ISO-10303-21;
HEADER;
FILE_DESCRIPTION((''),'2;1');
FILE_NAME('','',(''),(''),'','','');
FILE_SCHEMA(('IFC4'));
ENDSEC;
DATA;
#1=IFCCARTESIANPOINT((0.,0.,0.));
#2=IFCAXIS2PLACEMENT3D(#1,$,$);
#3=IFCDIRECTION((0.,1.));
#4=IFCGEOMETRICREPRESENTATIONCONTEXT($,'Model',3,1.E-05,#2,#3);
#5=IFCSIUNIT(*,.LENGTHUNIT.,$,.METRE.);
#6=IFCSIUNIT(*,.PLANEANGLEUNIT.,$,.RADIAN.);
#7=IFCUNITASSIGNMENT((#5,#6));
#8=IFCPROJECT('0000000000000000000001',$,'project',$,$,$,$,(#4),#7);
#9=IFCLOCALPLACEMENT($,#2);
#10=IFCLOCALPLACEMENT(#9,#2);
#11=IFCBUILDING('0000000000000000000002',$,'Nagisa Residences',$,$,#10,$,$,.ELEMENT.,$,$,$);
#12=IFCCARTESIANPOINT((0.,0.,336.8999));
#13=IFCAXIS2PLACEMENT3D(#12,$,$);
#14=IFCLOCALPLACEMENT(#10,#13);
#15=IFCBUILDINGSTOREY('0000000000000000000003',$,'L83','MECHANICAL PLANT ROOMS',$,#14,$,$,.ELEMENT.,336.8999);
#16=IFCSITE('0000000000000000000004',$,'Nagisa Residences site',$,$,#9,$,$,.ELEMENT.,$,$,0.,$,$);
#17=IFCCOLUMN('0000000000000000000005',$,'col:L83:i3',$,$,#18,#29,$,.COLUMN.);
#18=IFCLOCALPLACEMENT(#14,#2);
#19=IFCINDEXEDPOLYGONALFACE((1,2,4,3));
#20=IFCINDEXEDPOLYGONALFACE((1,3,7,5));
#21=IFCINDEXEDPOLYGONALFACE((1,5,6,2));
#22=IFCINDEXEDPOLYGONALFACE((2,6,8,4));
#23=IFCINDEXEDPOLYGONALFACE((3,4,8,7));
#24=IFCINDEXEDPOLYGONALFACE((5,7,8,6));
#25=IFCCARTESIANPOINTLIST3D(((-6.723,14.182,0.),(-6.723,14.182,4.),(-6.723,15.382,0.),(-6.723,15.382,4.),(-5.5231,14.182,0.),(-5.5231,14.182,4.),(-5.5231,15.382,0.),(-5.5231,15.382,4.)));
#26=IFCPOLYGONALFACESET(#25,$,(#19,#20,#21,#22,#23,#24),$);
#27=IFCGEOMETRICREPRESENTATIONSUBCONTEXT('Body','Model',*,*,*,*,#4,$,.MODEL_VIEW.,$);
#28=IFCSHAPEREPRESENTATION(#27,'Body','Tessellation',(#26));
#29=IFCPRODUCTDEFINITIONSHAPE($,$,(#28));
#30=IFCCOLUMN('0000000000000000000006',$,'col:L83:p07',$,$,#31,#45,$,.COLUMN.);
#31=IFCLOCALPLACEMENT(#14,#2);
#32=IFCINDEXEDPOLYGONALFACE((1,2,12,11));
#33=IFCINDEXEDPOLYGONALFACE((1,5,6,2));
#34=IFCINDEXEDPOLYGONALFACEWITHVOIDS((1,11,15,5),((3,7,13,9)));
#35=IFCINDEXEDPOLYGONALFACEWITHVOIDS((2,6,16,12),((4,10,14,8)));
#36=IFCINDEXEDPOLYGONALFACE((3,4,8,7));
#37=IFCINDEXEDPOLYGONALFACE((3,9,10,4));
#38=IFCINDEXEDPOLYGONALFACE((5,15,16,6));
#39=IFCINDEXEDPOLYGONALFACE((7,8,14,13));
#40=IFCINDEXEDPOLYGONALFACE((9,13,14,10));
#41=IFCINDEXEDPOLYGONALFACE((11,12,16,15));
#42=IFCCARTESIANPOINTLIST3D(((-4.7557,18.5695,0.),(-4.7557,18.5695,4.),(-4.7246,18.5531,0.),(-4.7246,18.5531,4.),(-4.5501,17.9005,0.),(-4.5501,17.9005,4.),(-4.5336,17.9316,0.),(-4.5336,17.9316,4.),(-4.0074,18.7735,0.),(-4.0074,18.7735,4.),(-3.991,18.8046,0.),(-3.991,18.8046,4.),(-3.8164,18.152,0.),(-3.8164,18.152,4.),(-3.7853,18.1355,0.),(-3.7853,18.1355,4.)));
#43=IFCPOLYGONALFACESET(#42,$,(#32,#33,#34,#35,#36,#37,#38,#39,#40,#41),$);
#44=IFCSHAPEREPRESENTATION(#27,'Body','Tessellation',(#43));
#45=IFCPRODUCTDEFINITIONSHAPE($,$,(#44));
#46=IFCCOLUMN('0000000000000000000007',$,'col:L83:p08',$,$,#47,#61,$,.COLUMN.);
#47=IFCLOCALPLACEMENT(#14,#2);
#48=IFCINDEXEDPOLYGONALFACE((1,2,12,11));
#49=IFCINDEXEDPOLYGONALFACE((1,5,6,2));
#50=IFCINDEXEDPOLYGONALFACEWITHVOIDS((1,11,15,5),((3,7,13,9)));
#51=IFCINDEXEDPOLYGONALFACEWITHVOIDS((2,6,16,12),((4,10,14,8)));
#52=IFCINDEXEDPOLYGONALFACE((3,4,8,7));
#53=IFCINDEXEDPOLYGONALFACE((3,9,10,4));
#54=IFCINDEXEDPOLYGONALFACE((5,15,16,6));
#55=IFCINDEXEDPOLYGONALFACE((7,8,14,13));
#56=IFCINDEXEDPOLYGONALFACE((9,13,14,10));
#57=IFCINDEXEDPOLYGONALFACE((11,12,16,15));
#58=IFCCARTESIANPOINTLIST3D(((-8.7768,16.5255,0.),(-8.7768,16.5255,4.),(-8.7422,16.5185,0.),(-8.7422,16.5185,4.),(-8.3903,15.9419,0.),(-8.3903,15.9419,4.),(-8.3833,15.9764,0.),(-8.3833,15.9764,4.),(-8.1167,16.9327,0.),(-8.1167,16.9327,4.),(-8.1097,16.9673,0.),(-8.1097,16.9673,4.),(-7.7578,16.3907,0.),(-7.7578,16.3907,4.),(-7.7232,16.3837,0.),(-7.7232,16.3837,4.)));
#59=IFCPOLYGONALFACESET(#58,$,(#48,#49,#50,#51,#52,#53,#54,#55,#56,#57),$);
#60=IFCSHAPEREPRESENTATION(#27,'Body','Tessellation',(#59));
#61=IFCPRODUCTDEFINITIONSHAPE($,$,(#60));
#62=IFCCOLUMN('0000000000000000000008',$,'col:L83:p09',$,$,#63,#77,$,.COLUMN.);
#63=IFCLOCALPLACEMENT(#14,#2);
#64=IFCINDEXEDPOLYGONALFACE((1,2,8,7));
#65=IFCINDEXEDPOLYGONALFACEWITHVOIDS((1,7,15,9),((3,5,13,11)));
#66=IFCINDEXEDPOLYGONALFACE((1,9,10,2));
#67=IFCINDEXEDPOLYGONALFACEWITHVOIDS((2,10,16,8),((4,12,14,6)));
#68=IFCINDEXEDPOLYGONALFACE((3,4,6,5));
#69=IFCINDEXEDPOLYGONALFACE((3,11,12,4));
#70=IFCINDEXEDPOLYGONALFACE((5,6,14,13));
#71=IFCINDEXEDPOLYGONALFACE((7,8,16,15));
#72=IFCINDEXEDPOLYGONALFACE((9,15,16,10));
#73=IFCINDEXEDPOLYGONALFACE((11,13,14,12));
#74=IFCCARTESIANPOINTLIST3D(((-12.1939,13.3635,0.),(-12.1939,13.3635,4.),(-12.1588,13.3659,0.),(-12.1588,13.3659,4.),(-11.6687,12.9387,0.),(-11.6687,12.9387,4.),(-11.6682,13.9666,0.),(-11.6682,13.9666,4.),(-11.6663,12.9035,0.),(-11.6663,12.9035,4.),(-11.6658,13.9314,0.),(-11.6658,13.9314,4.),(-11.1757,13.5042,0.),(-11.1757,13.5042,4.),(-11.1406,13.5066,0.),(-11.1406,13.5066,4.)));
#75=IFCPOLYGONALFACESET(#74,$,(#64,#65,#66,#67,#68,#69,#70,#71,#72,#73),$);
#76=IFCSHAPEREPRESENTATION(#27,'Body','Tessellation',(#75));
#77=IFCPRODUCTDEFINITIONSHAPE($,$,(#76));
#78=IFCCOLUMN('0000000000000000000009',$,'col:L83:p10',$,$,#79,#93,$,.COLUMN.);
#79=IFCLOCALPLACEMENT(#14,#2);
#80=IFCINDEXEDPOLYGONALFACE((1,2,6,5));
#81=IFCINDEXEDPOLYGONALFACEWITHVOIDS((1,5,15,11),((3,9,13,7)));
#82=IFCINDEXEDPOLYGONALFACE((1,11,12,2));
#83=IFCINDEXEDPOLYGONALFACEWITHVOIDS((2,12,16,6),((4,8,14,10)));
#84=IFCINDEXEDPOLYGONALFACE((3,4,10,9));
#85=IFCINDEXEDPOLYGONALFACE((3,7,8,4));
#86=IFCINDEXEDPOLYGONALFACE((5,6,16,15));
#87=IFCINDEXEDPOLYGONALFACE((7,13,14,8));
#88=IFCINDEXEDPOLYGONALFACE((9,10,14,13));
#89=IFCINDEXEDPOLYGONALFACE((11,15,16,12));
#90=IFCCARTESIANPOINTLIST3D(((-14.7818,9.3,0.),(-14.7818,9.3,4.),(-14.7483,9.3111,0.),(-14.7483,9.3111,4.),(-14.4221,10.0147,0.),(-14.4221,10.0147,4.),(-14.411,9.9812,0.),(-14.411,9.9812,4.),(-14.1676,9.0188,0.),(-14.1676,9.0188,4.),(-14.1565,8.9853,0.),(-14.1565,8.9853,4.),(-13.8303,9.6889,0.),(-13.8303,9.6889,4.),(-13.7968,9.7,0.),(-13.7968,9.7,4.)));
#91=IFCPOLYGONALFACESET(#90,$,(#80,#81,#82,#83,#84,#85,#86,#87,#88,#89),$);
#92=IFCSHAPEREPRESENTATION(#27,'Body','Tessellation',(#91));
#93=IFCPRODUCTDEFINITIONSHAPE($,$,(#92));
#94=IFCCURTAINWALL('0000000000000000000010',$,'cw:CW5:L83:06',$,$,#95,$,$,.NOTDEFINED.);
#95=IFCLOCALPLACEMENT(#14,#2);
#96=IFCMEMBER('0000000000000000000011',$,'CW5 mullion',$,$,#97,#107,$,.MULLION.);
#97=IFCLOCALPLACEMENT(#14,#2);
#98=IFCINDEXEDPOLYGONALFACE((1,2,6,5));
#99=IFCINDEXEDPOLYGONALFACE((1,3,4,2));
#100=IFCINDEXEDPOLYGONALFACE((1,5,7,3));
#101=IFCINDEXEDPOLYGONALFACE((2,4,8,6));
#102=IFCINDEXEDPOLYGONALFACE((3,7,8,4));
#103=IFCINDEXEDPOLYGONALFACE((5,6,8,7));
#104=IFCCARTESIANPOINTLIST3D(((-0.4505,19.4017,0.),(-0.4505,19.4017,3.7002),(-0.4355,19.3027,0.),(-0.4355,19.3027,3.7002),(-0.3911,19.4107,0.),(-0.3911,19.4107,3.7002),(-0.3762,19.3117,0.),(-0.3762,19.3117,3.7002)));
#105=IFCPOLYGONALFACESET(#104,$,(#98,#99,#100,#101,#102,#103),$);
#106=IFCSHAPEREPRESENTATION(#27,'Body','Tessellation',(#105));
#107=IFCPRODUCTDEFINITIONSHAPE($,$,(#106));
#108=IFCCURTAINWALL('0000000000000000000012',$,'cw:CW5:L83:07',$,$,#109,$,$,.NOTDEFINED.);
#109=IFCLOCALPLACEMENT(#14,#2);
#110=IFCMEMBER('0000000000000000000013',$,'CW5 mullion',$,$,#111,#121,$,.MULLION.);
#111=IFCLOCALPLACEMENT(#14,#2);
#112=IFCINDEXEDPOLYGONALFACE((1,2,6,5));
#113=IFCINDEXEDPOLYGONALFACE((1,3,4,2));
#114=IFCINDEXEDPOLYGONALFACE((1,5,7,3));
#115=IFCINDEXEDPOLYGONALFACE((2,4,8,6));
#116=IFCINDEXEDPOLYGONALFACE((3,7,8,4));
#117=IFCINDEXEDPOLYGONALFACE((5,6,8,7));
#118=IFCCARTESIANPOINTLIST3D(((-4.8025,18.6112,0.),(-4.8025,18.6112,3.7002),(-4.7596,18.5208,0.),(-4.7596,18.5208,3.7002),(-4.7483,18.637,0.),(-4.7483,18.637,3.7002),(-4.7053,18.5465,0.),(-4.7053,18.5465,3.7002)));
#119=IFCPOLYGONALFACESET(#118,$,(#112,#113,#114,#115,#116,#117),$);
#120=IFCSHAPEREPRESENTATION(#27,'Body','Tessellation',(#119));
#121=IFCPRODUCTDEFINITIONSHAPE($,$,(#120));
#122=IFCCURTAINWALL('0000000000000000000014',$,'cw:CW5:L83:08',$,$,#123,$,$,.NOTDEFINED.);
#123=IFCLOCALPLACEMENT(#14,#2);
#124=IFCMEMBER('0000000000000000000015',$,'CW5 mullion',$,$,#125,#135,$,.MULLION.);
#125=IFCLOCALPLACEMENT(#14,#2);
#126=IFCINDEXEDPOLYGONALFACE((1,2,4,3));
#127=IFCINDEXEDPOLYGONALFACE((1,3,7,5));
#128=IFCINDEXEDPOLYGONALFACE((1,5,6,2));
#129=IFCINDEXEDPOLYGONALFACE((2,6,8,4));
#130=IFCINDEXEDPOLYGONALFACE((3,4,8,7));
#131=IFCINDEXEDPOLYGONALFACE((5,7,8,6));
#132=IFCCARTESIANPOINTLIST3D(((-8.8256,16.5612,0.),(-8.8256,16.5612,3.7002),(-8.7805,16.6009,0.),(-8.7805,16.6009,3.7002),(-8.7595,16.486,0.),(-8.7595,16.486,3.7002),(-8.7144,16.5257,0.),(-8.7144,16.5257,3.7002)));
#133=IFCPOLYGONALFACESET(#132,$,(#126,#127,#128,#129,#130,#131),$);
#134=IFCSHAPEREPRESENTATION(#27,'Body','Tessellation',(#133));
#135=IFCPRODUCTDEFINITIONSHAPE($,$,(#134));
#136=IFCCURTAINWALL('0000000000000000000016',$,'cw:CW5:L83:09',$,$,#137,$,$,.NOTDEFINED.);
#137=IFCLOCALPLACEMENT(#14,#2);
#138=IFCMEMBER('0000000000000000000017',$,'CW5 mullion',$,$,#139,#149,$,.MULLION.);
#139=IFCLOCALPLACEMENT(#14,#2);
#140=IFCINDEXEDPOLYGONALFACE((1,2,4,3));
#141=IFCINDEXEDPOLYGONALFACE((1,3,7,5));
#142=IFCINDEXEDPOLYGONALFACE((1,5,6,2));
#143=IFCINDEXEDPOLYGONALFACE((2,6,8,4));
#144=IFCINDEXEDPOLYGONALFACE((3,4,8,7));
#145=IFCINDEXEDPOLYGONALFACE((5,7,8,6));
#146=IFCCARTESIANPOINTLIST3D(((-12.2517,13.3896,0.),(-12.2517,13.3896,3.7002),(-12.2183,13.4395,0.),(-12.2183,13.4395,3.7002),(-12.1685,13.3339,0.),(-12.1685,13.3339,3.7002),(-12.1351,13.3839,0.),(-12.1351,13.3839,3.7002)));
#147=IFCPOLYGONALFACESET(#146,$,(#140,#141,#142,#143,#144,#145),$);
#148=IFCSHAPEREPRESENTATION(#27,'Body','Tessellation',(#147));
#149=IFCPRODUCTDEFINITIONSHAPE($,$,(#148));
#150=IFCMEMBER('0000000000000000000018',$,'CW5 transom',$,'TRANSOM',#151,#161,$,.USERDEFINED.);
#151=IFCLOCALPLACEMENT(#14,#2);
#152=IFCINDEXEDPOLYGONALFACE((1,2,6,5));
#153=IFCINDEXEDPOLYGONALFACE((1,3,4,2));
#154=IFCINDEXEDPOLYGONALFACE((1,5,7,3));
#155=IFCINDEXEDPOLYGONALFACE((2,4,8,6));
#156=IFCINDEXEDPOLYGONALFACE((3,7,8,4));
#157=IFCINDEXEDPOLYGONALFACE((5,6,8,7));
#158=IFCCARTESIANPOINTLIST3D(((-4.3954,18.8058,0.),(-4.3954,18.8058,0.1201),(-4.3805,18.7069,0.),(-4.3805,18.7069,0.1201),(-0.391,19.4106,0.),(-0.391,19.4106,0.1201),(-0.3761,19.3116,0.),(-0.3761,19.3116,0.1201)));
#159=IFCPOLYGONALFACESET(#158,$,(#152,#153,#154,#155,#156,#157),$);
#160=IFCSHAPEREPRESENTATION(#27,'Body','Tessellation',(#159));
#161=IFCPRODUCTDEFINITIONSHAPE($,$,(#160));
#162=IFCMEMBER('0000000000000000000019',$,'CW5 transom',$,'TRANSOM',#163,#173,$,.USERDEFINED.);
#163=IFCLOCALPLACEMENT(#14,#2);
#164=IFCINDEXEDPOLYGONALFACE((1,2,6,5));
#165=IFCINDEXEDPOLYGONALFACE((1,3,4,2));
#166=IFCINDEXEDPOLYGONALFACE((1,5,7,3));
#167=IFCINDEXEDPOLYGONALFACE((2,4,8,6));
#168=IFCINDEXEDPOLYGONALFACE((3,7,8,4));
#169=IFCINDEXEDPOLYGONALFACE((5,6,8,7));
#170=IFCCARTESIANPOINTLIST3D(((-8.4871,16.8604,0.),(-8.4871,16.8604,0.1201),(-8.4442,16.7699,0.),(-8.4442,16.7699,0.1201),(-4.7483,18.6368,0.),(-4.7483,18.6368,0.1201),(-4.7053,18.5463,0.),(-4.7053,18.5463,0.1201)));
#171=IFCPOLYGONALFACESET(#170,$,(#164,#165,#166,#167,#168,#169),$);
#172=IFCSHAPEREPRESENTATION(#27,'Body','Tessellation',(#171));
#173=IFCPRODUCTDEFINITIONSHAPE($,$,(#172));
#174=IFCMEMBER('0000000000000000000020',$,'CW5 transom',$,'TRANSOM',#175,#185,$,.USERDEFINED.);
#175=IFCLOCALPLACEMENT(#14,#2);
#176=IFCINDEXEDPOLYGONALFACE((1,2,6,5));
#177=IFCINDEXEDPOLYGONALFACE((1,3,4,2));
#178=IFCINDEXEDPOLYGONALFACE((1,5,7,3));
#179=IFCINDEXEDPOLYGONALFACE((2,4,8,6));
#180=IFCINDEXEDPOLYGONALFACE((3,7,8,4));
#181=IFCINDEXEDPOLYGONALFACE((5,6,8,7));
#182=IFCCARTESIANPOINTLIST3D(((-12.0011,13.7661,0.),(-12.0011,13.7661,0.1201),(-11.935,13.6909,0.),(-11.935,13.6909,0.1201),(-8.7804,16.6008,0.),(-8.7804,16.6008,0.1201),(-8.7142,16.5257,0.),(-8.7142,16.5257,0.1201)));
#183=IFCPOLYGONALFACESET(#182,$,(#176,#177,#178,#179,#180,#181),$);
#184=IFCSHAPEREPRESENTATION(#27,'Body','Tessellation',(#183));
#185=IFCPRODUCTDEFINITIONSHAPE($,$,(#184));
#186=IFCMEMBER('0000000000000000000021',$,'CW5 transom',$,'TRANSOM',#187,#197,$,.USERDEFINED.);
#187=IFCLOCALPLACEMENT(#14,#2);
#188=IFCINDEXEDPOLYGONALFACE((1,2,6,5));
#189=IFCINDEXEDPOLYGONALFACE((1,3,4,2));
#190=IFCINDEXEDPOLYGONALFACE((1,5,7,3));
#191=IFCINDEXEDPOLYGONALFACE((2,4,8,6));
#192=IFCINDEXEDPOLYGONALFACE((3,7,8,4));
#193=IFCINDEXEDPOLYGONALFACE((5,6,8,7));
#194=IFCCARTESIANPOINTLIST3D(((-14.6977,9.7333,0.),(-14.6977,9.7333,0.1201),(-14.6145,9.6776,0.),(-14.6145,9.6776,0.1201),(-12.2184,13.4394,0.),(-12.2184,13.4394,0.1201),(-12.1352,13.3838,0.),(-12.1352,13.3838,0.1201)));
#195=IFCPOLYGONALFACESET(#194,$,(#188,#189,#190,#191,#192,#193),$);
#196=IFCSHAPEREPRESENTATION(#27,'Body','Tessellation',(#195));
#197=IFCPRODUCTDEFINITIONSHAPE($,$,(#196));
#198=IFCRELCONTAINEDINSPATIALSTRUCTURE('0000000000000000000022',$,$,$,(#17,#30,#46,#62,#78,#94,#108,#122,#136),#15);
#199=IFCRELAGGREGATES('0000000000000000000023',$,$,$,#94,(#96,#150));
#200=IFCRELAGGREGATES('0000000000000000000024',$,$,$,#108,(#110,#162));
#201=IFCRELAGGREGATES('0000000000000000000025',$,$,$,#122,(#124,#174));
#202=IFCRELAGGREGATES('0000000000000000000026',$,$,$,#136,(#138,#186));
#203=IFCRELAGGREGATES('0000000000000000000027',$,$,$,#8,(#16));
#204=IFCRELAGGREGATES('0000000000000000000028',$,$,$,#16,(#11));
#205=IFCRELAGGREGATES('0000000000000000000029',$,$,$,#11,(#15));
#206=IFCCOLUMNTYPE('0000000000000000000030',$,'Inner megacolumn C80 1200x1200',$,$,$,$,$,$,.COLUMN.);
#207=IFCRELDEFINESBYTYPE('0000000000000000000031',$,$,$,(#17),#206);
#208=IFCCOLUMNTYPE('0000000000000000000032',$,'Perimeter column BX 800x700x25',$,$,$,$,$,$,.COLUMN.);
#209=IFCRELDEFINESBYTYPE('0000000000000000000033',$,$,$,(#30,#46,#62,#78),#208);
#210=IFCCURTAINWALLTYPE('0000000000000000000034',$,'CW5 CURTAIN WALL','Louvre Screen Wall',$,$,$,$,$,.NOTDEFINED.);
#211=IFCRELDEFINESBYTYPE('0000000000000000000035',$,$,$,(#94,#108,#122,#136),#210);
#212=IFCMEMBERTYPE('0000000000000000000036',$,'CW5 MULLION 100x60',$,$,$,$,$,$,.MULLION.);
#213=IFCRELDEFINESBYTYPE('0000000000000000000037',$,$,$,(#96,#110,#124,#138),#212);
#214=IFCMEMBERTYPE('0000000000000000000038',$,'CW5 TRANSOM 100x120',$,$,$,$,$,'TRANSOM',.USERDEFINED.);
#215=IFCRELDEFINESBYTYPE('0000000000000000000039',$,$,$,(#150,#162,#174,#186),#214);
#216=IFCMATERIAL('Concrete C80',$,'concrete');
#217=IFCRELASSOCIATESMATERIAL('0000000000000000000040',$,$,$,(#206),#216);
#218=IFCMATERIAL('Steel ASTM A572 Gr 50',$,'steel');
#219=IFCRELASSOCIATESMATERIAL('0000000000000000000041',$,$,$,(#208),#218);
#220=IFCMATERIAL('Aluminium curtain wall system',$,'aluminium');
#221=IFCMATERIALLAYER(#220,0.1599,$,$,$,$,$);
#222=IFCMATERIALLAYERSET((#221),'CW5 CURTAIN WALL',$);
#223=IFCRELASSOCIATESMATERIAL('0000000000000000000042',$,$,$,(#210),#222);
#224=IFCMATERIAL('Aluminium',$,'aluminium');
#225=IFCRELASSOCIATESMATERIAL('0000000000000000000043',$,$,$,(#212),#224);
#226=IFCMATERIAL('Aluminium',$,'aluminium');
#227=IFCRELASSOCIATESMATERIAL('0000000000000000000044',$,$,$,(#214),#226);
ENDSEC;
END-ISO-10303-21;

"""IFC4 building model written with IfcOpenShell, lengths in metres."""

from ifc_helpers import new_model, si_unit, direction, frame, origin, origin_2d, place, context, subcontext, project, spatial, rectangle, hollow_rectangle, extrude, material, layer, layer_set, material_profile, profile_set, type_object, element, aggregate, save


model = new_model("IFC4")

# Units and contexts
model_context = context("Model", 3, precision=1e-05, world=origin(), true_north=direction((0.0, 1.0)))
body_context = subcontext(model_context, "Body", "Model", "MODEL_VIEW")
ifc_project = project(units=[si_unit("LENGTHUNIT", "METRE"), si_unit("PLANEANGLEUNIT", "RADIAN")], contexts=[model_context])

# Site, building, storey
site_placement = place(None, origin())
site = spatial("IfcSite", under=ifc_project, at=site_placement, Name="Nagisa Residences site", CompositionType="ELEMENT", RefElevation=0.0)
building_placement = place(site_placement, origin())
building = spatial("IfcBuilding", under=site, at=building_placement, Name="Nagisa Residences", CompositionType="ELEMENT")
storey_placement = place(building_placement, frame((0.0, 0.0, 336.8999)))
storey = spatial("IfcBuildingStorey", under=building, at=storey_placement, Name="L83", Description="MECHANICAL PLANT ROOMS", CompositionType="ELEMENT", Elevation=336.8999)

# Columns
ifc_material_1 = material(Name="Concrete C80", Category="concrete")
ifc_material_profile_1 = material_profile(ifc_material_1, rectangle(XDim=1.2, YDim=1.2, at=origin_2d()), Name="C80 1200x1200")
ifc_profile_set_1 = profile_set([ifc_material_profile_1], Name="Concrete C80")
column_type_1 = type_object("IfcColumnType", Name="Inner megacolumn C80 1200x1200", PredefinedType="COLUMN", material=ifc_profile_set_1)
column_placement = place(storey_placement, frame((-6.123, 14.782, 0.0), z_axis=(0.0, 0.0, 1.0), x_axis=(1.0, 0.0, 0.0)))
element("IfcColumn", 1, at=column_placement, inside=storey, type_object=column_type_1, Name="col:L83:i3", PredefinedType="COLUMN", context=body_context, shape_type="SweptSolid", body=[
    extrude(rectangle(XDim=1.2, YDim=1.2, at=origin_2d()), origin(), (0.0, 0.0, 1.0), 4.0),
])
ifc_material_2 = material(Name="Steel ASTM A572 Gr 50", Category="steel")
ifc_material_profile_2 = material_profile(ifc_material_2, hollow_rectangle(XDim=0.8, YDim=0.7, WallThickness=0.0249, at=origin_2d()), Name="BX 800x700x25")
ifc_profile_set_2 = profile_set([ifc_material_profile_2], Name="Steel ASTM A572 Gr 50")
column_type_2 = type_object("IfcColumnType", Name="Perimeter column BX 800x700x25", PredefinedType="COLUMN", material=ifc_profile_set_2)
for number, where, z_axis, x_axis, name in (
    (2, (-4.2705, 18.3525, 0.0), (0.0, 0.0, 1.0), (-0.95587, -0.29379, 0.0), "col:L83:p07"),
    (3, (-8.25, 16.4546, 0.0), (0.0, 0.0, 1.0), (-0.833744, -0.552151, 0.0), "col:L83:p08"),
    (4, (-11.6672, 13.4351, 0.0), (0.0, 0.0, 1.0), (-0.657135, -0.753773, 0.0), "col:L83:p09"),
    (5, (-14.2893, 9.5, 0.0), (0.0, 0.0, 1.0), (-0.449592, -0.893234, 0.0), "col:L83:p10"),
):
    element("IfcColumn", number, at=place(storey_placement, frame(where, z_axis=z_axis, x_axis=x_axis)), inside=storey, type_object=column_type_2, Name=name, PredefinedType="COLUMN", context=body_context, shape_type="SweptSolid", body=[
        extrude(hollow_rectangle(XDim=0.8, YDim=0.7, WallThickness=0.0249, at=origin_2d()), origin(), (0.0, 0.0, 1.0), 4.0),
    ])

# Curtain walls, members
ifc_material_3 = material(Name="Aluminium curtain wall system", Category="aluminium")
ifc_layer_1 = layer(ifc_material_3, 0.1599)
ifc_layer_set_1 = layer_set([ifc_layer_1], Name="CW5 CURTAIN WALL")
curtain_wall_type = type_object("IfcCurtainWallType", Name="CW5 CURTAIN WALL", Description="Louvre Screen Wall", PredefinedType="NOTDEFINED", material=ifc_layer_set_1)
curtain_wall_1_placement = place(storey_placement, origin())
curtain_wall_1 = element("IfcCurtainWall", 6, at=curtain_wall_1_placement, inside=storey, type_object=curtain_wall_type, Name="cw:CW5:L83:06", PredefinedType="NOTDEFINED")
ifc_material_4 = material(Name="Aluminium", Category="aluminium")
ifc_material_profile_3 = material_profile(ifc_material_4, rectangle(XDim=0.1001, YDim=0.0601, at=origin_2d()), Name="CW5 MULLION 100x60")
ifc_profile_set_3 = profile_set([ifc_material_profile_3], Name="Aluminium")
member_type_1 = type_object("IfcMemberType", Name="CW5 MULLION 100x60", PredefinedType="MULLION", material=ifc_profile_set_3)
member_1_placement = place(storey_placement, frame((-0.4133, 19.3567, 0.0), z_axis=(0.0, 0.0, 1.0), x_axis=(0.14932, -0.988789, 0.0)))
member_1 = element("IfcMember", 7, at=member_1_placement, type_object=member_type_1, Name="CW5 mullion", PredefinedType="MULLION", context=body_context, shape_type="SweptSolid", body=[
    extrude(rectangle(XDim=0.1001, YDim=0.0601, at=origin_2d()), origin(), (0.0, 0.0, 1.0), 3.7002),
])
curtain_wall_2_placement = place(storey_placement, origin())
curtain_wall_2 = element("IfcCurtainWall", 8, at=curtain_wall_2_placement, inside=storey, type_object=curtain_wall_type, Name="cw:CW5:L83:07", PredefinedType="NOTDEFINED")
member_2_placement = place(storey_placement, frame((-4.7539, 18.5789, 0.0), z_axis=(0.0, 0.0, 1.0), x_axis=(0.429151, -0.903233, 0.0)))
member_2 = element("IfcMember", 9, at=member_2_placement, type_object=member_type_1, Name="CW5 mullion", PredefinedType="MULLION", context=body_context, shape_type="SweptSolid", body=[
    extrude(rectangle(XDim=0.1001, YDim=0.0601, at=origin_2d()), origin(), (0.0, 0.0, 1.0), 3.7002),
])
curtain_wall_3_placement = place(storey_placement, origin())
curtain_wall_3 = element("IfcCurtainWall", 10, at=curtain_wall_3_placement, inside=storey, type_object=curtain_wall_type, Name="cw:CW5:L83:08", PredefinedType="NOTDEFINED")
member_3_placement = place(storey_placement, frame((-8.77, 16.5435, 0.0), z_axis=(0.0, 0.0, 1.0), x_axis=(0.660699, -0.750651, 0.0)))
member_3 = element("IfcMember", 11, at=member_3_placement, type_object=member_type_1, Name="CW5 mullion", PredefinedType="MULLION", context=body_context, shape_type="SweptSolid", body=[
    extrude(rectangle(XDim=0.1001, YDim=0.0601, at=origin_2d()), origin(), (0.0, 0.0, 1.0), 3.7002),
])
curtain_wall_4_placement = place(storey_placement, origin())
curtain_wall_4 = element("IfcCurtainWall", 12, at=curtain_wall_4_placement, inside=storey, type_object=curtain_wall_type, Name="cw:CW5:L83:09", PredefinedType="NOTDEFINED")
member_4_placement = place(storey_placement, frame((-12.1934, 13.3867, 0.0), z_axis=(0.0, 0.0, 1.0), x_axis=(0.831173, -0.556014, 0.0)))
member_4 = element("IfcMember", 13, at=member_4_placement, type_object=member_type_1, Name="CW5 mullion", PredefinedType="MULLION", context=body_context, shape_type="SweptSolid", body=[
    extrude(rectangle(XDim=0.1001, YDim=0.0601, at=origin_2d()), origin(), (0.0, 0.0, 1.0), 3.7002),
])

# Members
ifc_material_5 = material(Name="Aluminium", Category="aluminium")
ifc_material_profile_4 = material_profile(ifc_material_5, rectangle(XDim=0.1001, YDim=0.1201, at=origin_2d()), Name="CW5 TRANSOM 100x120")
ifc_profile_set_4 = profile_set([ifc_material_profile_4], Name="Aluminium")
member_type_2 = type_object("IfcMemberType", Name="CW5 TRANSOM 100x120", ElementType="TRANSOM", PredefinedType="USERDEFINED", material=ifc_profile_set_4)
member_5_placement = place(storey_placement, frame((-0.3835, 19.3611, 0.0601), z_axis=(-0.988788, -0.149325, 0.0), x_axis=(0.149325, -0.988788, 0.0)))
member_5 = element("IfcMember", 14, at=member_5_placement, type_object=member_type_2, Name="CW5 transom", ObjectType="TRANSOM", PredefinedType="USERDEFINED", context=body_context, shape_type="SweptSolid", body=[
    extrude(rectangle(XDim=0.1001, YDim=0.1201, at=origin_2d()), origin(), (0.0, 0.0, 1.0), 4.0498),
])
member_6_placement = place(storey_placement, frame((-4.7268, 18.5916, 0.0601), z_axis=(-0.903235, -0.429146, 0.0), x_axis=(0.429146, -0.903235, 0.0)))
member_6 = element("IfcMember", 15, at=member_6_placement, type_object=member_type_2, Name="CW5 transom", ObjectType="TRANSOM", PredefinedType="USERDEFINED", context=body_context, shape_type="SweptSolid", body=[
    extrude(rectangle(XDim=0.1001, YDim=0.1201, at=origin_2d()), origin(), (0.0, 0.0, 1.0), 4.1394),
])
member_7_placement = place(storey_placement, frame((-8.7473, 16.5632, 0.0601), z_axis=(-0.750656, -0.660693, 0.0), x_axis=(0.660693, -0.750656, 0.0)))
member_7 = element("IfcMember", 16, at=member_7_placement, type_object=member_type_2, Name="CW5 transom", ObjectType="TRANSOM", PredefinedType="USERDEFINED", context=body_context, shape_type="SweptSolid", body=[
    extrude(rectangle(XDim=0.1001, YDim=0.1201, at=origin_2d()), origin(), (0.0, 0.0, 1.0), 4.2905),
])
member_8_placement = place(storey_placement, frame((-12.1768, 13.4116, 0.0601), z_axis=(-0.556026, -0.831165, 0.0), x_axis=(0.831165, -0.556026, 0.0)))
member_8 = element("IfcMember", 17, at=member_8_placement, type_object=member_type_2, Name="CW5 transom", ObjectType="TRANSOM", PredefinedType="USERDEFINED", context=body_context, shape_type="SweptSolid", body=[
    extrude(rectangle(XDim=0.1001, YDim=0.1201, at=origin_2d()), origin(), (0.0, 0.0, 1.0), 4.459),
])

aggregate(curtain_wall_1, [member_1, member_5])
aggregate(curtain_wall_2, [member_2, member_6])
aggregate(curtain_wall_3, [member_3, member_7])
aggregate(curtain_wall_4, [member_4, member_8])

save(model, "model.ifc")
